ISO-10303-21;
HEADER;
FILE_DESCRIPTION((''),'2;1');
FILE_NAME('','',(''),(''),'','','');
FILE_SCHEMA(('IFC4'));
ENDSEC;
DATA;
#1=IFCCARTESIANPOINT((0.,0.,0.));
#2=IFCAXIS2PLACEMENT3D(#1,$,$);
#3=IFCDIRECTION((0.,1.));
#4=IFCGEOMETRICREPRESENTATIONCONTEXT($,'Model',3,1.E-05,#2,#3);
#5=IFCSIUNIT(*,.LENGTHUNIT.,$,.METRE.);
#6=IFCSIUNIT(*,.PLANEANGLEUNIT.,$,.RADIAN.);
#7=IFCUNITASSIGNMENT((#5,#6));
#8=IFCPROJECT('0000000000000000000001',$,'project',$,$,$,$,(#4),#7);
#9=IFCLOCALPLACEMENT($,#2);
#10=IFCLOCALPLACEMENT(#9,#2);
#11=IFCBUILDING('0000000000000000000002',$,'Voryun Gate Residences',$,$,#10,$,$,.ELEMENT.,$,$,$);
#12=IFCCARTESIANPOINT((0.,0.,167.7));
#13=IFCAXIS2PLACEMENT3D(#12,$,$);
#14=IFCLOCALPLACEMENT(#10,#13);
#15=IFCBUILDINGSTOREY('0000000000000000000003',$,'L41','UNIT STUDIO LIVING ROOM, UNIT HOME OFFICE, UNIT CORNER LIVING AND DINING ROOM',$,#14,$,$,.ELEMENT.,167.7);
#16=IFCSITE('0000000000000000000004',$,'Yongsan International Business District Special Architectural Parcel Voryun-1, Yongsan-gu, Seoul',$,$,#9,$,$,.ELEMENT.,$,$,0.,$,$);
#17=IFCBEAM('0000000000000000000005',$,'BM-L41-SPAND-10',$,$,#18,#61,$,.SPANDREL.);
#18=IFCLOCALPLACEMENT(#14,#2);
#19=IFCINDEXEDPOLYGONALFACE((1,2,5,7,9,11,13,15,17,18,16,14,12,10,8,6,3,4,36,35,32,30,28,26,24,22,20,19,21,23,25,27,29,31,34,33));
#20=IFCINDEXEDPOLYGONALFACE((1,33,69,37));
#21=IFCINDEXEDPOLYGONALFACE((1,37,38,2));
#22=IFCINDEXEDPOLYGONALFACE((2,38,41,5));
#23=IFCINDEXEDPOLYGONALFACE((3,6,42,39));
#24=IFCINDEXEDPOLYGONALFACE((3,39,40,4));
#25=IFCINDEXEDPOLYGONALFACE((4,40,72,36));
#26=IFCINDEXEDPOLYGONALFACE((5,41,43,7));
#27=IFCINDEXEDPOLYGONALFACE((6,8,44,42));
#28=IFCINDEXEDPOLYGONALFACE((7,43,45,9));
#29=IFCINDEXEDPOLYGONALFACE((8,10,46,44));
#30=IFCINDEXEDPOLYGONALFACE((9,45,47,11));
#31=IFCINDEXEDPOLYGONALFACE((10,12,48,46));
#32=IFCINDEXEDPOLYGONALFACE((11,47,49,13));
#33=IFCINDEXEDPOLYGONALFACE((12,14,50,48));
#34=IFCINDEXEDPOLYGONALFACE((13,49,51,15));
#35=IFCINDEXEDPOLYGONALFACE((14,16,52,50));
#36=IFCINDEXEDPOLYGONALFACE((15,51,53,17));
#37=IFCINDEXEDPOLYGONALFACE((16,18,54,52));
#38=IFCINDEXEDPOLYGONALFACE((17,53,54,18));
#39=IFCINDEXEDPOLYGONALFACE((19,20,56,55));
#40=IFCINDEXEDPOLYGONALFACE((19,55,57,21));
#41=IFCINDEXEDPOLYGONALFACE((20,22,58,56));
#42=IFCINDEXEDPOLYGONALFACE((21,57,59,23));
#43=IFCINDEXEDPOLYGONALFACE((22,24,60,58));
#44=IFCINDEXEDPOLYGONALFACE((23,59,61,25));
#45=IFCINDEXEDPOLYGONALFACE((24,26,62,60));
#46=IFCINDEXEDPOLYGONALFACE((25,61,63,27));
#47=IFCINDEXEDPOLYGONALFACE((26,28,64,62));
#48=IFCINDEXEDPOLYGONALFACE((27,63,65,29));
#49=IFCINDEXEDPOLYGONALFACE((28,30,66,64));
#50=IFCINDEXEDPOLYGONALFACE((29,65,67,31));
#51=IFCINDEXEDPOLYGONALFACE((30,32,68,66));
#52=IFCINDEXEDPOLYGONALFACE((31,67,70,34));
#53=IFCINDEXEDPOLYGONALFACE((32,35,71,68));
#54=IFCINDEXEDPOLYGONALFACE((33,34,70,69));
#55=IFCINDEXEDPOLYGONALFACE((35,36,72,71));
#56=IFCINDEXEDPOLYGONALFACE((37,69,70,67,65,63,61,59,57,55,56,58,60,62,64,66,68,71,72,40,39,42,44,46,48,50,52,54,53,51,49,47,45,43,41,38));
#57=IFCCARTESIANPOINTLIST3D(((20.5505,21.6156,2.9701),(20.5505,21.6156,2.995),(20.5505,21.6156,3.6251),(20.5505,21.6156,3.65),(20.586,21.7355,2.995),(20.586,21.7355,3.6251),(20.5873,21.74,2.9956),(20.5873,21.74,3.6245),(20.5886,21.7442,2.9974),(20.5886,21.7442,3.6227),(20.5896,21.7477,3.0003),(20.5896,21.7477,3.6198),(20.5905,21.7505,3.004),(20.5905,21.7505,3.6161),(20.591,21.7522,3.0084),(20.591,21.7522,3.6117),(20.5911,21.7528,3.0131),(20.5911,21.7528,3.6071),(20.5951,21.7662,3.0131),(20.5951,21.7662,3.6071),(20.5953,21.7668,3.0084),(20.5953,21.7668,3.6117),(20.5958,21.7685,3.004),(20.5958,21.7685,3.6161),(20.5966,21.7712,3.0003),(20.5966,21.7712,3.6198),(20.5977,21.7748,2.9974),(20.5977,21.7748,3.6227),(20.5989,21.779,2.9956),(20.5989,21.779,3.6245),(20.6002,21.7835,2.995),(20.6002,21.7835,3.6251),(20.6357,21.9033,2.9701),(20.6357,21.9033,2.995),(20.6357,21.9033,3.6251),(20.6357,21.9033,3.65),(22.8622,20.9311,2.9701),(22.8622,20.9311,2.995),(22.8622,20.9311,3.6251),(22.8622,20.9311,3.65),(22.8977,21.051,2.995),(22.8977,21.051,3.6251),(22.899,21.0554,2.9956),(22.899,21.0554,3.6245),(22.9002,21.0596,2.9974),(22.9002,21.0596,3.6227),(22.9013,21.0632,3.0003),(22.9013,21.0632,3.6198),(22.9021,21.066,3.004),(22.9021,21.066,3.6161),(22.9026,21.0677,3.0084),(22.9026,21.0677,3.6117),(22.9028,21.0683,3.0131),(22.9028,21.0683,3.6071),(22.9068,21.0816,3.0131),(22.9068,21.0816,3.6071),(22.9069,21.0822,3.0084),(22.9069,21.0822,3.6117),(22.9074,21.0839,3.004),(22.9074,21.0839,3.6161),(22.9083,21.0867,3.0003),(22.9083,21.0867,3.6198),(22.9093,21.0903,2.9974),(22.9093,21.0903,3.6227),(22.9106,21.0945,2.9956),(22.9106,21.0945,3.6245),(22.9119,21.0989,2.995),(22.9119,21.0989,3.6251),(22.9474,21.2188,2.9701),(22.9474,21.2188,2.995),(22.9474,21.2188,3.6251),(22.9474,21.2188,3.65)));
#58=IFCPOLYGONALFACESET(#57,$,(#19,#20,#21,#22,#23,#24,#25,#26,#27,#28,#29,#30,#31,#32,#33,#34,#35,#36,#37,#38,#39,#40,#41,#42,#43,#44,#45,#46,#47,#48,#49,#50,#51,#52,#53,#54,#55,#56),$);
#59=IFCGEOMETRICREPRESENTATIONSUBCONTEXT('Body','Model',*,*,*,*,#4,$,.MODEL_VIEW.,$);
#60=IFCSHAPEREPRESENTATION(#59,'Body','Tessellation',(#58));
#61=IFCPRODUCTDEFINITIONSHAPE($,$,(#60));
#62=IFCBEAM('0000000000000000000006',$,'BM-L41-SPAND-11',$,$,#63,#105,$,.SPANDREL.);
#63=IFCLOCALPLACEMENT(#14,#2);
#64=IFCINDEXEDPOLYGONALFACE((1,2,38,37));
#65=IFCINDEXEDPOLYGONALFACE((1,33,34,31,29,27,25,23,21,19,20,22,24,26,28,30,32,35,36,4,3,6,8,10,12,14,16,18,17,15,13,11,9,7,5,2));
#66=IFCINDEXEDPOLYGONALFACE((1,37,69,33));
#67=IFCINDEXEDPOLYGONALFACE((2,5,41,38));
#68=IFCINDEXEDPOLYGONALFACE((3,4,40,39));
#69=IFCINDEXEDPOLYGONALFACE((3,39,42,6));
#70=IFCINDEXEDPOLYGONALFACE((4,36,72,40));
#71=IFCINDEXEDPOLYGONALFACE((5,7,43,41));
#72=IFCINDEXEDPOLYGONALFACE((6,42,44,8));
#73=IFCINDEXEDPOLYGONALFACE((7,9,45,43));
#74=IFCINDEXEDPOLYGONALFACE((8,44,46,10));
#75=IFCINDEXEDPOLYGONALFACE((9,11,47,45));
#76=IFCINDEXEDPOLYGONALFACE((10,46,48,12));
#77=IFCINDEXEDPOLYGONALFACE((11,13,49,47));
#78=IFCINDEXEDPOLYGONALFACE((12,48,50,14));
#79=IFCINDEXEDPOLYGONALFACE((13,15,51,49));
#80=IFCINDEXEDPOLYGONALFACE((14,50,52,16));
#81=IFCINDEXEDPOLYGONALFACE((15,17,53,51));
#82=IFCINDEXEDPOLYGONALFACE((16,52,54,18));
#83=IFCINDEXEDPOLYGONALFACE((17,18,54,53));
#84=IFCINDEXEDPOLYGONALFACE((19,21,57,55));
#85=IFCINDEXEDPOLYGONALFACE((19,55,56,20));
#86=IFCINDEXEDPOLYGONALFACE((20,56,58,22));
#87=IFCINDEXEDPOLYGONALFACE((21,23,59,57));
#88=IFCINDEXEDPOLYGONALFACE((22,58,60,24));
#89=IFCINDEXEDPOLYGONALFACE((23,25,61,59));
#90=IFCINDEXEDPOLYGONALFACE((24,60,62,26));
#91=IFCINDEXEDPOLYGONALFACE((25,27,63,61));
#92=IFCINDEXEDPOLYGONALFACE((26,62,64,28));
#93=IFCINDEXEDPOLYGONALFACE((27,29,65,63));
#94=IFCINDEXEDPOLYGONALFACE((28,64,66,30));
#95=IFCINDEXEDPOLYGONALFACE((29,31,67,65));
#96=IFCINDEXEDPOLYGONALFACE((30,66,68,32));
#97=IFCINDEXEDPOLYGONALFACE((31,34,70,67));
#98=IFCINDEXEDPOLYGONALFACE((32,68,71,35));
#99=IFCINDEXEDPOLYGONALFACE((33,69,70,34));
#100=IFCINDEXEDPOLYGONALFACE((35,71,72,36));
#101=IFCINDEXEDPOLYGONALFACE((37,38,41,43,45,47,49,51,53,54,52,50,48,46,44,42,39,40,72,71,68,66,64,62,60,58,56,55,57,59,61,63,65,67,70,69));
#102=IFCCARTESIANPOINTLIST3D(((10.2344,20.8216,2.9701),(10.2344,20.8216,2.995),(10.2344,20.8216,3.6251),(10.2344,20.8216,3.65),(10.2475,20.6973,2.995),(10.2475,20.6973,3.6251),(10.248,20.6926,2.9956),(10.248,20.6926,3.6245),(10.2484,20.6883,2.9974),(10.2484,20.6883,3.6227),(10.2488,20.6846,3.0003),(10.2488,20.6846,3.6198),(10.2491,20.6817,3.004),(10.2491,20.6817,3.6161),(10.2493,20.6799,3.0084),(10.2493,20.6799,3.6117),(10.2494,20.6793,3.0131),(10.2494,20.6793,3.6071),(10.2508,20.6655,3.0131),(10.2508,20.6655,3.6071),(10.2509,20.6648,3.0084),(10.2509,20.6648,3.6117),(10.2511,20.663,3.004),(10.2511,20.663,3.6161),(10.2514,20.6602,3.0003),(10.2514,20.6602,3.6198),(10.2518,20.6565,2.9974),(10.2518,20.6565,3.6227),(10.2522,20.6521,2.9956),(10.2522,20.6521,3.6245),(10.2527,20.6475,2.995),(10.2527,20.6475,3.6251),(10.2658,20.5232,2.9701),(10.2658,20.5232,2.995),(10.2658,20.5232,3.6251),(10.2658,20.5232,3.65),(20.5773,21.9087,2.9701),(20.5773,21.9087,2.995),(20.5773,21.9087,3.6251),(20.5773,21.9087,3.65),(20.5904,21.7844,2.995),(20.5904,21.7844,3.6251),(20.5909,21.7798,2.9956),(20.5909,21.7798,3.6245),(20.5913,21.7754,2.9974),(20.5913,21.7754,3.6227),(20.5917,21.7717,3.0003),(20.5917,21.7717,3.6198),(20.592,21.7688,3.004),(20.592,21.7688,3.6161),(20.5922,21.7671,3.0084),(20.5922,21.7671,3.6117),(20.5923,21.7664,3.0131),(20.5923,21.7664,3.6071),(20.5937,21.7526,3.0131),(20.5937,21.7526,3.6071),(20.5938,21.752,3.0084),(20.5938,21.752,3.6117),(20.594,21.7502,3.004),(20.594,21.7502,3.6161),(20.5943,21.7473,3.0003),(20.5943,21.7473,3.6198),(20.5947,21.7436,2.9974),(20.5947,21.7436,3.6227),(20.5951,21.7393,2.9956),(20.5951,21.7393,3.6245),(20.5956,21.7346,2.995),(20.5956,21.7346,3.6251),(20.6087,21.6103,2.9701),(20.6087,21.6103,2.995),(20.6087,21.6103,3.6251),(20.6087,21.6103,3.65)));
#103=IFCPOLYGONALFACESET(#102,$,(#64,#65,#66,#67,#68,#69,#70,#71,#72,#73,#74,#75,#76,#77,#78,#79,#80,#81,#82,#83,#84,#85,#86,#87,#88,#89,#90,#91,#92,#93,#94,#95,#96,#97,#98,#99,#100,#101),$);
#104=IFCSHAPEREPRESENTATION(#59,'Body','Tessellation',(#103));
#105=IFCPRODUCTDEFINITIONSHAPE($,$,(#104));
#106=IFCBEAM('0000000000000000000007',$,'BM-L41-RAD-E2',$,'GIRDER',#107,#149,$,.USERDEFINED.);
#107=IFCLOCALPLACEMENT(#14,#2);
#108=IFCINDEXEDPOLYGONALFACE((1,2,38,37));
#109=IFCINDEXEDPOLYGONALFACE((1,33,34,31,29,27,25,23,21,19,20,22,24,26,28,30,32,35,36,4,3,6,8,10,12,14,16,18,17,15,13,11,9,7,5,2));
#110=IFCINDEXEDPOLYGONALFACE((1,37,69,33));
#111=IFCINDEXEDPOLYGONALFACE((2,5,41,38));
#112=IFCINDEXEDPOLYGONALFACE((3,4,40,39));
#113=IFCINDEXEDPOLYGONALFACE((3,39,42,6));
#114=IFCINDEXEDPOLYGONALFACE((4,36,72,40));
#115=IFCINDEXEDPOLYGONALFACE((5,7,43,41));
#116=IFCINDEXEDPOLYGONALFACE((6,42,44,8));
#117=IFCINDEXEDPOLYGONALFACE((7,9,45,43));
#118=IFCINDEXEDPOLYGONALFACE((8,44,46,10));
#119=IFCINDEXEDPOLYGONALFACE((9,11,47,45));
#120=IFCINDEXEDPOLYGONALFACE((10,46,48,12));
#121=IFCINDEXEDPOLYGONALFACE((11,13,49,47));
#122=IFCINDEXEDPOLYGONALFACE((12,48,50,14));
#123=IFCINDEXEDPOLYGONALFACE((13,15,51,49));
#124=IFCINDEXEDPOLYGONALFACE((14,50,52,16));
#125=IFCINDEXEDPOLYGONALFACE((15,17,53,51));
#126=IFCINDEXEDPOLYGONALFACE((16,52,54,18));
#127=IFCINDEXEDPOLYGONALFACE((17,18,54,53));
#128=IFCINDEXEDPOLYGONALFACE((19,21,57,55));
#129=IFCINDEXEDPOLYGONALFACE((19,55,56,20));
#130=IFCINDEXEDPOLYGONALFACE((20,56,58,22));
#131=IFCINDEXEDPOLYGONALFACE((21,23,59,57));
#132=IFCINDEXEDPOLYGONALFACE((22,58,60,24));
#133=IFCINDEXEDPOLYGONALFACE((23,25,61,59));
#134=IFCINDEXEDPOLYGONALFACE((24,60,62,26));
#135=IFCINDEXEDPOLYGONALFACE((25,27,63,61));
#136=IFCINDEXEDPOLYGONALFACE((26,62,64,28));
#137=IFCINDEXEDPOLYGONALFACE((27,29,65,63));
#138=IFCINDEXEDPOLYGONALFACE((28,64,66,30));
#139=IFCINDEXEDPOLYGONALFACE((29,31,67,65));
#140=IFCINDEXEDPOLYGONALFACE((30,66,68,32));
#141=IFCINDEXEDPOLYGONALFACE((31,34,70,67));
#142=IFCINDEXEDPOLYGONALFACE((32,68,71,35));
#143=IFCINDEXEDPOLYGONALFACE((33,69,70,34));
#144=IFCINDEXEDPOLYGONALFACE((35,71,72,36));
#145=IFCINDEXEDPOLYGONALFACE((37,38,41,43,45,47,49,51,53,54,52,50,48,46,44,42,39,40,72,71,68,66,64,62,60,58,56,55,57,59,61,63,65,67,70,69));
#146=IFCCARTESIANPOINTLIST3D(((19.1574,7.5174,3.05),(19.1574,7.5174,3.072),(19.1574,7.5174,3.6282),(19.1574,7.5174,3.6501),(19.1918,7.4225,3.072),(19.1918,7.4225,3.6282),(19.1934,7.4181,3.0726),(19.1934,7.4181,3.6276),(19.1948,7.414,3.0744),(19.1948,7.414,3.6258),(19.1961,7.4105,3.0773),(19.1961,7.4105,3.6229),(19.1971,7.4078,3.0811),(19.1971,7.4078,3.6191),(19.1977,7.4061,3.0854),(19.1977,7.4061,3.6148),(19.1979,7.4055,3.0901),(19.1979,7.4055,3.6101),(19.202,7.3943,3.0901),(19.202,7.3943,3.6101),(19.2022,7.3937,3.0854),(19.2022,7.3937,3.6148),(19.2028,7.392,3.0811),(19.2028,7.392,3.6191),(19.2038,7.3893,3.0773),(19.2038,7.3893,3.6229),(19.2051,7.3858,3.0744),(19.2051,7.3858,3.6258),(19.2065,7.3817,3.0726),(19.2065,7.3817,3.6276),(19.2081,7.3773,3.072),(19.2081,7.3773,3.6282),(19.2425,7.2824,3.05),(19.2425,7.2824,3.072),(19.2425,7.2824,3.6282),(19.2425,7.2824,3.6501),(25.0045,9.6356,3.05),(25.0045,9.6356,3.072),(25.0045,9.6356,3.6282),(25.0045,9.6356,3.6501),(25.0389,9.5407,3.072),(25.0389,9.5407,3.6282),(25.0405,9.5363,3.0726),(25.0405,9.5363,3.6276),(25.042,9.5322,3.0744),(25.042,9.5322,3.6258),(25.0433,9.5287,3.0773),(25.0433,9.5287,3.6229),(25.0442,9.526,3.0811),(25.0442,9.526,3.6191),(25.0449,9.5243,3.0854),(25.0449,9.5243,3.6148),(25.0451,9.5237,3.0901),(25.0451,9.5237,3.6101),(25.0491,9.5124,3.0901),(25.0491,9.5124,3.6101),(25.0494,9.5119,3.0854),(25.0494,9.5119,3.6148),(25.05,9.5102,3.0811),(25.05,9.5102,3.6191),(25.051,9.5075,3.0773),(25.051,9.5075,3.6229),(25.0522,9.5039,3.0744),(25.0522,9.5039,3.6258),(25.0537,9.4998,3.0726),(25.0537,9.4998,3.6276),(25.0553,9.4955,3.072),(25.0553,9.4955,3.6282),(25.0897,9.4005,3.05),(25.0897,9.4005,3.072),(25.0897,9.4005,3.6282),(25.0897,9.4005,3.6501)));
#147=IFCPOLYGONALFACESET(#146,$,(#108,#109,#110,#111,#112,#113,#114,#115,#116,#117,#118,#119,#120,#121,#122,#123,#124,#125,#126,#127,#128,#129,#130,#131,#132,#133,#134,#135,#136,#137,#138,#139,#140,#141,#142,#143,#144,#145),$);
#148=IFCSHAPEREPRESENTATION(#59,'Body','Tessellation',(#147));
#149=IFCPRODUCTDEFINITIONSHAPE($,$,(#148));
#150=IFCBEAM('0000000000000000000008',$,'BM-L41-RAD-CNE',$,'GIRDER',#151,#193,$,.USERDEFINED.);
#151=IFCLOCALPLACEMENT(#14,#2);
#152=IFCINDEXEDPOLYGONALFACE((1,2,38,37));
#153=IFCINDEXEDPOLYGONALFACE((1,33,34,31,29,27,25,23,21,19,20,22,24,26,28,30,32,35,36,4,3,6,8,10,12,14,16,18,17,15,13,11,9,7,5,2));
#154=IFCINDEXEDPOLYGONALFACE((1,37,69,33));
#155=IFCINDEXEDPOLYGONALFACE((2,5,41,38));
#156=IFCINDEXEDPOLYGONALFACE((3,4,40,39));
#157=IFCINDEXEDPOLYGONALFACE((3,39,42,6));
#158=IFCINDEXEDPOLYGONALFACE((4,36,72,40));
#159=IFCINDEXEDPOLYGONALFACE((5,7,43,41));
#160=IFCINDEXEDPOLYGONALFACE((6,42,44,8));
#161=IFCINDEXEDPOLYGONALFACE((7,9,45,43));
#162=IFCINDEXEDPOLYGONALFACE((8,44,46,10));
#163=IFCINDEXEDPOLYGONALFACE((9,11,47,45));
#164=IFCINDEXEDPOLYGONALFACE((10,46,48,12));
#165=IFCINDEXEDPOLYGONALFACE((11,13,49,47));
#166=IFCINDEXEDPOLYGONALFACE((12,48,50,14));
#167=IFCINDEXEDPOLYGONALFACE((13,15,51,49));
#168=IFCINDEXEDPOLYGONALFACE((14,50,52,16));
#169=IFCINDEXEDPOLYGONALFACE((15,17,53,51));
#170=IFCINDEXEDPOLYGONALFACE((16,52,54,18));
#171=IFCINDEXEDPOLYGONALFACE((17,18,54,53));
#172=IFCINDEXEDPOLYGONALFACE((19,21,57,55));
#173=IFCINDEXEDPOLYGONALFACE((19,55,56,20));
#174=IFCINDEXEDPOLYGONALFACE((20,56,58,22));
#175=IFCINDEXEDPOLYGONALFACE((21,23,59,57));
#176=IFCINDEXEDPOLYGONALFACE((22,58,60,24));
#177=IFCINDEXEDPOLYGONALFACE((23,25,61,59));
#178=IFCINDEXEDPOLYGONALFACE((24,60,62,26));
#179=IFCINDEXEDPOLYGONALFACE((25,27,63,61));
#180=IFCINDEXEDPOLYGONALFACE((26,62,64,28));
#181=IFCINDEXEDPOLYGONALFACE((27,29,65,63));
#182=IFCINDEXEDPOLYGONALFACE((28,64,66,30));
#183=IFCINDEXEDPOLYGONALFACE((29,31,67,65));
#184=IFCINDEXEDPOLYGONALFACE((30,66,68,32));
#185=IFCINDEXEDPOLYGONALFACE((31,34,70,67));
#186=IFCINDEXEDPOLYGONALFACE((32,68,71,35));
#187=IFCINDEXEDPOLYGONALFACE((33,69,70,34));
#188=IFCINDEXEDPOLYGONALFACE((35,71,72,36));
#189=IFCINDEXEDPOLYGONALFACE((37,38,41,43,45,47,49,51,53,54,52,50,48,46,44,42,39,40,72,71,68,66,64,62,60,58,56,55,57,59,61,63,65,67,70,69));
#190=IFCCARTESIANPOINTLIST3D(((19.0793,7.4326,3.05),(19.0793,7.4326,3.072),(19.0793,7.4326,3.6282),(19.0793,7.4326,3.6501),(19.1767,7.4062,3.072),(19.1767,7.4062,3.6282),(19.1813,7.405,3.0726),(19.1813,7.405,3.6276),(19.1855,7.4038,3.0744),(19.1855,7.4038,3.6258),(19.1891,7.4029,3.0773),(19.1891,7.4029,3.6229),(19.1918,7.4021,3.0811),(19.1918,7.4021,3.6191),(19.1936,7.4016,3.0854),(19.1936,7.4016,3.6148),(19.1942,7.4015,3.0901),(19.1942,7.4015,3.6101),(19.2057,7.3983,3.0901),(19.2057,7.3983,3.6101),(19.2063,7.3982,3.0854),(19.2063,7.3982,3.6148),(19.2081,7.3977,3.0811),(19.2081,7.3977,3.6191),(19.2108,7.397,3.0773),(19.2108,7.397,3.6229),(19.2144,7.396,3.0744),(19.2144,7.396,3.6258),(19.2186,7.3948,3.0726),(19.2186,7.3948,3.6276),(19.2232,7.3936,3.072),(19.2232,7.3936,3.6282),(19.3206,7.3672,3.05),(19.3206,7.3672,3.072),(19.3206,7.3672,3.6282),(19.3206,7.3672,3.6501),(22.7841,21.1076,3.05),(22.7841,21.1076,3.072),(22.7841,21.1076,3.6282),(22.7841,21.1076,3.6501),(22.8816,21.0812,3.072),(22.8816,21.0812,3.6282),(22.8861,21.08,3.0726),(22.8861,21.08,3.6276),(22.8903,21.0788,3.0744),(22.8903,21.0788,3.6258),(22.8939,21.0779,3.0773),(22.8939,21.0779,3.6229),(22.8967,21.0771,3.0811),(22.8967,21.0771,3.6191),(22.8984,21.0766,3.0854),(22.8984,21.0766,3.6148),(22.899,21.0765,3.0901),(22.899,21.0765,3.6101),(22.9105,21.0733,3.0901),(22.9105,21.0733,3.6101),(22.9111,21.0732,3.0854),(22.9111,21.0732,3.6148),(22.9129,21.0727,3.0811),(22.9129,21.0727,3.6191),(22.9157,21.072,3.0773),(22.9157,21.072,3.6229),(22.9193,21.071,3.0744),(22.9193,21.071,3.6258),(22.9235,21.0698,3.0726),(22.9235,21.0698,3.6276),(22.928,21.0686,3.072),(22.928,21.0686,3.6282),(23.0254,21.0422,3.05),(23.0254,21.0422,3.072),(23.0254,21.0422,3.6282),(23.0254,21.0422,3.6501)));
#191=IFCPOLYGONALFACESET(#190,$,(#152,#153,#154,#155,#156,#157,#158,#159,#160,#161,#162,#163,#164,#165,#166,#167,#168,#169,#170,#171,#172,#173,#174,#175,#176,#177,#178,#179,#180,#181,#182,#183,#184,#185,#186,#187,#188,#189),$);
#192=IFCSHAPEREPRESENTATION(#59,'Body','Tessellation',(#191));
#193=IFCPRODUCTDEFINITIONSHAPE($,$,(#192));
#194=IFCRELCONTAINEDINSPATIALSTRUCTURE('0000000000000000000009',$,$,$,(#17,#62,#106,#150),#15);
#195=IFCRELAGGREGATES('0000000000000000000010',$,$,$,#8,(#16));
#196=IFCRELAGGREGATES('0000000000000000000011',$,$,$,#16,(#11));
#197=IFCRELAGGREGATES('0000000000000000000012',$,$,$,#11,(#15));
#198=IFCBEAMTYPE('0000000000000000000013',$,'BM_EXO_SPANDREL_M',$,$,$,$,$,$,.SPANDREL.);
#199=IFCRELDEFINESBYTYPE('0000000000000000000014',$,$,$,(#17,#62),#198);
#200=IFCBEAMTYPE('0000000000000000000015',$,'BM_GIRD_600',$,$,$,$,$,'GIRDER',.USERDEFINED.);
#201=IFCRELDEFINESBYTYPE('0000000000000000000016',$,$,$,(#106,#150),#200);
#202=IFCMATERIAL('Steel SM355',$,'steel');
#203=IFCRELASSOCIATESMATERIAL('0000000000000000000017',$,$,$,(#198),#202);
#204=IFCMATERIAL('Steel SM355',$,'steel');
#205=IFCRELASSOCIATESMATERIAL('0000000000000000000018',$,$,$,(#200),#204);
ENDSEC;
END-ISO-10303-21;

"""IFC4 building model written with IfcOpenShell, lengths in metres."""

from ifc_helpers import new_model, si_unit, direction, frame, origin, origin_2d, place, context, subcontext, project, spatial, i_section, extrude, material, material_profile, profile_set, type_object, element, save


model = new_model("IFC4")

# Units and contexts
model_context = context("Model", 3, precision=1e-05, world=origin(), true_north=direction((0.0, 1.0)))
body_context = subcontext(model_context, "Body", "Model", "MODEL_VIEW")
ifc_project = project(units=[si_unit("LENGTHUNIT", "METRE"), si_unit("PLANEANGLEUNIT", "RADIAN")], contexts=[model_context])

# Site, building, storey
site_placement = place(None, origin())
site = spatial("IfcSite", under=ifc_project, at=site_placement, Name="Yongsan International Business District Special Architectural Parcel Voryun-1, Yongsan-gu, Seoul", CompositionType="ELEMENT", RefElevation=0.0)
building_placement = place(site_placement, origin())
building = spatial("IfcBuilding", under=site, at=building_placement, Name="Voryun Gate Residences", CompositionType="ELEMENT")
storey_placement = place(building_placement, frame((0.0, 0.0, 167.7)))
storey = spatial("IfcBuildingStorey", under=building, at=storey_placement, Name="L41", Description="UNIT STUDIO LIVING ROOM, UNIT HOME OFFICE, UNIT CORNER LIVING AND DINING ROOM", CompositionType="ELEMENT", Elevation=167.7)

# Beams
ifc_material_1 = material(Name="Steel SM355", Category="steel")
ifc_material_profile_1 = material_profile(ifc_material_1, i_section(OverallWidth=0.3, OverallDepth=0.6799, WebThickness=0.0139, FlangeThickness=0.0249, FilletRadius=0.0181, at=origin_2d()), Name="H-680x300x14x25")
ifc_profile_set_1 = profile_set([ifc_material_profile_1], Name="Steel SM355")
beam_type_1 = type_object("IfcBeamType", Name="BM_EXO_SPANDREL_M", PredefinedType="SPANDREL", material=ifc_profile_set_1)
beam_1_placement = place(storey_placement, frame((22.9048, 21.075, 3.3101), z_axis=(-0.958843, 0.283937, 0.0), x_axis=(-0.283937, -0.958843, 0.0)))
element("IfcBeam", 1, at=beam_1_placement, inside=storey, type_object=beam_type_1, Name="BM-L41-SPAND-10", PredefinedType="SPANDREL", context=body_context, shape_type="SweptSolid", body=[
    extrude(i_section(OverallWidth=0.3, OverallDepth=0.6799, WebThickness=0.0139, FlangeThickness=0.0249, FilletRadius=0.0181, at=origin_2d()), origin(), (0.0, 0.0, 1.0), 2.4109),
])
beam_2_placement = place(storey_placement, frame((20.593, 21.7595, 3.3101), z_axis=(-0.994521, -0.104534, 0.0), x_axis=(0.104534, -0.994521, 0.0)))
element("IfcBeam", 2, at=beam_2_placement, inside=storey, type_object=beam_type_1, Name="BM-L41-SPAND-11", PredefinedType="SPANDREL", context=body_context, shape_type="SweptSolid", body=[
    extrude(i_section(OverallWidth=0.3, OverallDepth=0.6799, WebThickness=0.0139, FlangeThickness=0.0249, FilletRadius=0.0181, at=origin_2d()), origin(), (0.0, 0.0, 1.0), 10.3999),
])
ifc_material_2 = material(Name="Steel SM355", Category="steel")
ifc_material_profile_2 = material_profile(ifc_material_2, i_section(OverallWidth=0.25, OverallDepth=0.6001, WebThickness=0.012, FlangeThickness=0.022, FilletRadius=0.0181, at=origin_2d()), Name="H-600x250x12x22")
ifc_profile_set_2 = profile_set([ifc_material_profile_2], Name="Steel SM355")
beam_type_2 = type_object("IfcBeamType", Name="BM_GIRD_600", ElementType="GIRDER", PredefinedType="USERDEFINED", material=ifc_profile_set_2)
beam_3_placement = place(storey_placement, frame((19.2, 7.3999, 3.3501), z_axis=(0.94021, 0.340595, 0.0), x_axis=(-0.340595, 0.94021, 0.0)))
element("IfcBeam", 3, at=beam_3_placement, inside=storey, type_object=beam_type_2, Name="BM-L41-RAD-E2", ObjectType="GIRDER", PredefinedType="USERDEFINED", context=body_context, shape_type="SweptSolid", body=[
    extrude(i_section(OverallWidth=0.25, OverallDepth=0.6001, WebThickness=0.012, FlangeThickness=0.022, FilletRadius=0.0181, at=origin_2d()), origin(), (0.0, 0.0, 1.0), 6.219),
])
beam_4_placement = place(storey_placement, frame((19.2, 7.3999, 3.3501), z_axis=(0.261493, 0.965205, 0.0), x_axis=(-0.965205, 0.261493, 0.0)))
element("IfcBeam", 4, at=beam_4_placement, inside=storey, type_object=beam_type_2, Name="BM-L41-RAD-CNE", ObjectType="GIRDER", PredefinedType="USERDEFINED", context=body_context, shape_type="SweptSolid", body=[
    extrude(i_section(OverallWidth=0.25, OverallDepth=0.6001, WebThickness=0.012, FlangeThickness=0.022, FilletRadius=0.0181, at=origin_2d()), origin(), (0.0, 0.0, 1.0), 14.168),
])

save(model, "model.ifc")
